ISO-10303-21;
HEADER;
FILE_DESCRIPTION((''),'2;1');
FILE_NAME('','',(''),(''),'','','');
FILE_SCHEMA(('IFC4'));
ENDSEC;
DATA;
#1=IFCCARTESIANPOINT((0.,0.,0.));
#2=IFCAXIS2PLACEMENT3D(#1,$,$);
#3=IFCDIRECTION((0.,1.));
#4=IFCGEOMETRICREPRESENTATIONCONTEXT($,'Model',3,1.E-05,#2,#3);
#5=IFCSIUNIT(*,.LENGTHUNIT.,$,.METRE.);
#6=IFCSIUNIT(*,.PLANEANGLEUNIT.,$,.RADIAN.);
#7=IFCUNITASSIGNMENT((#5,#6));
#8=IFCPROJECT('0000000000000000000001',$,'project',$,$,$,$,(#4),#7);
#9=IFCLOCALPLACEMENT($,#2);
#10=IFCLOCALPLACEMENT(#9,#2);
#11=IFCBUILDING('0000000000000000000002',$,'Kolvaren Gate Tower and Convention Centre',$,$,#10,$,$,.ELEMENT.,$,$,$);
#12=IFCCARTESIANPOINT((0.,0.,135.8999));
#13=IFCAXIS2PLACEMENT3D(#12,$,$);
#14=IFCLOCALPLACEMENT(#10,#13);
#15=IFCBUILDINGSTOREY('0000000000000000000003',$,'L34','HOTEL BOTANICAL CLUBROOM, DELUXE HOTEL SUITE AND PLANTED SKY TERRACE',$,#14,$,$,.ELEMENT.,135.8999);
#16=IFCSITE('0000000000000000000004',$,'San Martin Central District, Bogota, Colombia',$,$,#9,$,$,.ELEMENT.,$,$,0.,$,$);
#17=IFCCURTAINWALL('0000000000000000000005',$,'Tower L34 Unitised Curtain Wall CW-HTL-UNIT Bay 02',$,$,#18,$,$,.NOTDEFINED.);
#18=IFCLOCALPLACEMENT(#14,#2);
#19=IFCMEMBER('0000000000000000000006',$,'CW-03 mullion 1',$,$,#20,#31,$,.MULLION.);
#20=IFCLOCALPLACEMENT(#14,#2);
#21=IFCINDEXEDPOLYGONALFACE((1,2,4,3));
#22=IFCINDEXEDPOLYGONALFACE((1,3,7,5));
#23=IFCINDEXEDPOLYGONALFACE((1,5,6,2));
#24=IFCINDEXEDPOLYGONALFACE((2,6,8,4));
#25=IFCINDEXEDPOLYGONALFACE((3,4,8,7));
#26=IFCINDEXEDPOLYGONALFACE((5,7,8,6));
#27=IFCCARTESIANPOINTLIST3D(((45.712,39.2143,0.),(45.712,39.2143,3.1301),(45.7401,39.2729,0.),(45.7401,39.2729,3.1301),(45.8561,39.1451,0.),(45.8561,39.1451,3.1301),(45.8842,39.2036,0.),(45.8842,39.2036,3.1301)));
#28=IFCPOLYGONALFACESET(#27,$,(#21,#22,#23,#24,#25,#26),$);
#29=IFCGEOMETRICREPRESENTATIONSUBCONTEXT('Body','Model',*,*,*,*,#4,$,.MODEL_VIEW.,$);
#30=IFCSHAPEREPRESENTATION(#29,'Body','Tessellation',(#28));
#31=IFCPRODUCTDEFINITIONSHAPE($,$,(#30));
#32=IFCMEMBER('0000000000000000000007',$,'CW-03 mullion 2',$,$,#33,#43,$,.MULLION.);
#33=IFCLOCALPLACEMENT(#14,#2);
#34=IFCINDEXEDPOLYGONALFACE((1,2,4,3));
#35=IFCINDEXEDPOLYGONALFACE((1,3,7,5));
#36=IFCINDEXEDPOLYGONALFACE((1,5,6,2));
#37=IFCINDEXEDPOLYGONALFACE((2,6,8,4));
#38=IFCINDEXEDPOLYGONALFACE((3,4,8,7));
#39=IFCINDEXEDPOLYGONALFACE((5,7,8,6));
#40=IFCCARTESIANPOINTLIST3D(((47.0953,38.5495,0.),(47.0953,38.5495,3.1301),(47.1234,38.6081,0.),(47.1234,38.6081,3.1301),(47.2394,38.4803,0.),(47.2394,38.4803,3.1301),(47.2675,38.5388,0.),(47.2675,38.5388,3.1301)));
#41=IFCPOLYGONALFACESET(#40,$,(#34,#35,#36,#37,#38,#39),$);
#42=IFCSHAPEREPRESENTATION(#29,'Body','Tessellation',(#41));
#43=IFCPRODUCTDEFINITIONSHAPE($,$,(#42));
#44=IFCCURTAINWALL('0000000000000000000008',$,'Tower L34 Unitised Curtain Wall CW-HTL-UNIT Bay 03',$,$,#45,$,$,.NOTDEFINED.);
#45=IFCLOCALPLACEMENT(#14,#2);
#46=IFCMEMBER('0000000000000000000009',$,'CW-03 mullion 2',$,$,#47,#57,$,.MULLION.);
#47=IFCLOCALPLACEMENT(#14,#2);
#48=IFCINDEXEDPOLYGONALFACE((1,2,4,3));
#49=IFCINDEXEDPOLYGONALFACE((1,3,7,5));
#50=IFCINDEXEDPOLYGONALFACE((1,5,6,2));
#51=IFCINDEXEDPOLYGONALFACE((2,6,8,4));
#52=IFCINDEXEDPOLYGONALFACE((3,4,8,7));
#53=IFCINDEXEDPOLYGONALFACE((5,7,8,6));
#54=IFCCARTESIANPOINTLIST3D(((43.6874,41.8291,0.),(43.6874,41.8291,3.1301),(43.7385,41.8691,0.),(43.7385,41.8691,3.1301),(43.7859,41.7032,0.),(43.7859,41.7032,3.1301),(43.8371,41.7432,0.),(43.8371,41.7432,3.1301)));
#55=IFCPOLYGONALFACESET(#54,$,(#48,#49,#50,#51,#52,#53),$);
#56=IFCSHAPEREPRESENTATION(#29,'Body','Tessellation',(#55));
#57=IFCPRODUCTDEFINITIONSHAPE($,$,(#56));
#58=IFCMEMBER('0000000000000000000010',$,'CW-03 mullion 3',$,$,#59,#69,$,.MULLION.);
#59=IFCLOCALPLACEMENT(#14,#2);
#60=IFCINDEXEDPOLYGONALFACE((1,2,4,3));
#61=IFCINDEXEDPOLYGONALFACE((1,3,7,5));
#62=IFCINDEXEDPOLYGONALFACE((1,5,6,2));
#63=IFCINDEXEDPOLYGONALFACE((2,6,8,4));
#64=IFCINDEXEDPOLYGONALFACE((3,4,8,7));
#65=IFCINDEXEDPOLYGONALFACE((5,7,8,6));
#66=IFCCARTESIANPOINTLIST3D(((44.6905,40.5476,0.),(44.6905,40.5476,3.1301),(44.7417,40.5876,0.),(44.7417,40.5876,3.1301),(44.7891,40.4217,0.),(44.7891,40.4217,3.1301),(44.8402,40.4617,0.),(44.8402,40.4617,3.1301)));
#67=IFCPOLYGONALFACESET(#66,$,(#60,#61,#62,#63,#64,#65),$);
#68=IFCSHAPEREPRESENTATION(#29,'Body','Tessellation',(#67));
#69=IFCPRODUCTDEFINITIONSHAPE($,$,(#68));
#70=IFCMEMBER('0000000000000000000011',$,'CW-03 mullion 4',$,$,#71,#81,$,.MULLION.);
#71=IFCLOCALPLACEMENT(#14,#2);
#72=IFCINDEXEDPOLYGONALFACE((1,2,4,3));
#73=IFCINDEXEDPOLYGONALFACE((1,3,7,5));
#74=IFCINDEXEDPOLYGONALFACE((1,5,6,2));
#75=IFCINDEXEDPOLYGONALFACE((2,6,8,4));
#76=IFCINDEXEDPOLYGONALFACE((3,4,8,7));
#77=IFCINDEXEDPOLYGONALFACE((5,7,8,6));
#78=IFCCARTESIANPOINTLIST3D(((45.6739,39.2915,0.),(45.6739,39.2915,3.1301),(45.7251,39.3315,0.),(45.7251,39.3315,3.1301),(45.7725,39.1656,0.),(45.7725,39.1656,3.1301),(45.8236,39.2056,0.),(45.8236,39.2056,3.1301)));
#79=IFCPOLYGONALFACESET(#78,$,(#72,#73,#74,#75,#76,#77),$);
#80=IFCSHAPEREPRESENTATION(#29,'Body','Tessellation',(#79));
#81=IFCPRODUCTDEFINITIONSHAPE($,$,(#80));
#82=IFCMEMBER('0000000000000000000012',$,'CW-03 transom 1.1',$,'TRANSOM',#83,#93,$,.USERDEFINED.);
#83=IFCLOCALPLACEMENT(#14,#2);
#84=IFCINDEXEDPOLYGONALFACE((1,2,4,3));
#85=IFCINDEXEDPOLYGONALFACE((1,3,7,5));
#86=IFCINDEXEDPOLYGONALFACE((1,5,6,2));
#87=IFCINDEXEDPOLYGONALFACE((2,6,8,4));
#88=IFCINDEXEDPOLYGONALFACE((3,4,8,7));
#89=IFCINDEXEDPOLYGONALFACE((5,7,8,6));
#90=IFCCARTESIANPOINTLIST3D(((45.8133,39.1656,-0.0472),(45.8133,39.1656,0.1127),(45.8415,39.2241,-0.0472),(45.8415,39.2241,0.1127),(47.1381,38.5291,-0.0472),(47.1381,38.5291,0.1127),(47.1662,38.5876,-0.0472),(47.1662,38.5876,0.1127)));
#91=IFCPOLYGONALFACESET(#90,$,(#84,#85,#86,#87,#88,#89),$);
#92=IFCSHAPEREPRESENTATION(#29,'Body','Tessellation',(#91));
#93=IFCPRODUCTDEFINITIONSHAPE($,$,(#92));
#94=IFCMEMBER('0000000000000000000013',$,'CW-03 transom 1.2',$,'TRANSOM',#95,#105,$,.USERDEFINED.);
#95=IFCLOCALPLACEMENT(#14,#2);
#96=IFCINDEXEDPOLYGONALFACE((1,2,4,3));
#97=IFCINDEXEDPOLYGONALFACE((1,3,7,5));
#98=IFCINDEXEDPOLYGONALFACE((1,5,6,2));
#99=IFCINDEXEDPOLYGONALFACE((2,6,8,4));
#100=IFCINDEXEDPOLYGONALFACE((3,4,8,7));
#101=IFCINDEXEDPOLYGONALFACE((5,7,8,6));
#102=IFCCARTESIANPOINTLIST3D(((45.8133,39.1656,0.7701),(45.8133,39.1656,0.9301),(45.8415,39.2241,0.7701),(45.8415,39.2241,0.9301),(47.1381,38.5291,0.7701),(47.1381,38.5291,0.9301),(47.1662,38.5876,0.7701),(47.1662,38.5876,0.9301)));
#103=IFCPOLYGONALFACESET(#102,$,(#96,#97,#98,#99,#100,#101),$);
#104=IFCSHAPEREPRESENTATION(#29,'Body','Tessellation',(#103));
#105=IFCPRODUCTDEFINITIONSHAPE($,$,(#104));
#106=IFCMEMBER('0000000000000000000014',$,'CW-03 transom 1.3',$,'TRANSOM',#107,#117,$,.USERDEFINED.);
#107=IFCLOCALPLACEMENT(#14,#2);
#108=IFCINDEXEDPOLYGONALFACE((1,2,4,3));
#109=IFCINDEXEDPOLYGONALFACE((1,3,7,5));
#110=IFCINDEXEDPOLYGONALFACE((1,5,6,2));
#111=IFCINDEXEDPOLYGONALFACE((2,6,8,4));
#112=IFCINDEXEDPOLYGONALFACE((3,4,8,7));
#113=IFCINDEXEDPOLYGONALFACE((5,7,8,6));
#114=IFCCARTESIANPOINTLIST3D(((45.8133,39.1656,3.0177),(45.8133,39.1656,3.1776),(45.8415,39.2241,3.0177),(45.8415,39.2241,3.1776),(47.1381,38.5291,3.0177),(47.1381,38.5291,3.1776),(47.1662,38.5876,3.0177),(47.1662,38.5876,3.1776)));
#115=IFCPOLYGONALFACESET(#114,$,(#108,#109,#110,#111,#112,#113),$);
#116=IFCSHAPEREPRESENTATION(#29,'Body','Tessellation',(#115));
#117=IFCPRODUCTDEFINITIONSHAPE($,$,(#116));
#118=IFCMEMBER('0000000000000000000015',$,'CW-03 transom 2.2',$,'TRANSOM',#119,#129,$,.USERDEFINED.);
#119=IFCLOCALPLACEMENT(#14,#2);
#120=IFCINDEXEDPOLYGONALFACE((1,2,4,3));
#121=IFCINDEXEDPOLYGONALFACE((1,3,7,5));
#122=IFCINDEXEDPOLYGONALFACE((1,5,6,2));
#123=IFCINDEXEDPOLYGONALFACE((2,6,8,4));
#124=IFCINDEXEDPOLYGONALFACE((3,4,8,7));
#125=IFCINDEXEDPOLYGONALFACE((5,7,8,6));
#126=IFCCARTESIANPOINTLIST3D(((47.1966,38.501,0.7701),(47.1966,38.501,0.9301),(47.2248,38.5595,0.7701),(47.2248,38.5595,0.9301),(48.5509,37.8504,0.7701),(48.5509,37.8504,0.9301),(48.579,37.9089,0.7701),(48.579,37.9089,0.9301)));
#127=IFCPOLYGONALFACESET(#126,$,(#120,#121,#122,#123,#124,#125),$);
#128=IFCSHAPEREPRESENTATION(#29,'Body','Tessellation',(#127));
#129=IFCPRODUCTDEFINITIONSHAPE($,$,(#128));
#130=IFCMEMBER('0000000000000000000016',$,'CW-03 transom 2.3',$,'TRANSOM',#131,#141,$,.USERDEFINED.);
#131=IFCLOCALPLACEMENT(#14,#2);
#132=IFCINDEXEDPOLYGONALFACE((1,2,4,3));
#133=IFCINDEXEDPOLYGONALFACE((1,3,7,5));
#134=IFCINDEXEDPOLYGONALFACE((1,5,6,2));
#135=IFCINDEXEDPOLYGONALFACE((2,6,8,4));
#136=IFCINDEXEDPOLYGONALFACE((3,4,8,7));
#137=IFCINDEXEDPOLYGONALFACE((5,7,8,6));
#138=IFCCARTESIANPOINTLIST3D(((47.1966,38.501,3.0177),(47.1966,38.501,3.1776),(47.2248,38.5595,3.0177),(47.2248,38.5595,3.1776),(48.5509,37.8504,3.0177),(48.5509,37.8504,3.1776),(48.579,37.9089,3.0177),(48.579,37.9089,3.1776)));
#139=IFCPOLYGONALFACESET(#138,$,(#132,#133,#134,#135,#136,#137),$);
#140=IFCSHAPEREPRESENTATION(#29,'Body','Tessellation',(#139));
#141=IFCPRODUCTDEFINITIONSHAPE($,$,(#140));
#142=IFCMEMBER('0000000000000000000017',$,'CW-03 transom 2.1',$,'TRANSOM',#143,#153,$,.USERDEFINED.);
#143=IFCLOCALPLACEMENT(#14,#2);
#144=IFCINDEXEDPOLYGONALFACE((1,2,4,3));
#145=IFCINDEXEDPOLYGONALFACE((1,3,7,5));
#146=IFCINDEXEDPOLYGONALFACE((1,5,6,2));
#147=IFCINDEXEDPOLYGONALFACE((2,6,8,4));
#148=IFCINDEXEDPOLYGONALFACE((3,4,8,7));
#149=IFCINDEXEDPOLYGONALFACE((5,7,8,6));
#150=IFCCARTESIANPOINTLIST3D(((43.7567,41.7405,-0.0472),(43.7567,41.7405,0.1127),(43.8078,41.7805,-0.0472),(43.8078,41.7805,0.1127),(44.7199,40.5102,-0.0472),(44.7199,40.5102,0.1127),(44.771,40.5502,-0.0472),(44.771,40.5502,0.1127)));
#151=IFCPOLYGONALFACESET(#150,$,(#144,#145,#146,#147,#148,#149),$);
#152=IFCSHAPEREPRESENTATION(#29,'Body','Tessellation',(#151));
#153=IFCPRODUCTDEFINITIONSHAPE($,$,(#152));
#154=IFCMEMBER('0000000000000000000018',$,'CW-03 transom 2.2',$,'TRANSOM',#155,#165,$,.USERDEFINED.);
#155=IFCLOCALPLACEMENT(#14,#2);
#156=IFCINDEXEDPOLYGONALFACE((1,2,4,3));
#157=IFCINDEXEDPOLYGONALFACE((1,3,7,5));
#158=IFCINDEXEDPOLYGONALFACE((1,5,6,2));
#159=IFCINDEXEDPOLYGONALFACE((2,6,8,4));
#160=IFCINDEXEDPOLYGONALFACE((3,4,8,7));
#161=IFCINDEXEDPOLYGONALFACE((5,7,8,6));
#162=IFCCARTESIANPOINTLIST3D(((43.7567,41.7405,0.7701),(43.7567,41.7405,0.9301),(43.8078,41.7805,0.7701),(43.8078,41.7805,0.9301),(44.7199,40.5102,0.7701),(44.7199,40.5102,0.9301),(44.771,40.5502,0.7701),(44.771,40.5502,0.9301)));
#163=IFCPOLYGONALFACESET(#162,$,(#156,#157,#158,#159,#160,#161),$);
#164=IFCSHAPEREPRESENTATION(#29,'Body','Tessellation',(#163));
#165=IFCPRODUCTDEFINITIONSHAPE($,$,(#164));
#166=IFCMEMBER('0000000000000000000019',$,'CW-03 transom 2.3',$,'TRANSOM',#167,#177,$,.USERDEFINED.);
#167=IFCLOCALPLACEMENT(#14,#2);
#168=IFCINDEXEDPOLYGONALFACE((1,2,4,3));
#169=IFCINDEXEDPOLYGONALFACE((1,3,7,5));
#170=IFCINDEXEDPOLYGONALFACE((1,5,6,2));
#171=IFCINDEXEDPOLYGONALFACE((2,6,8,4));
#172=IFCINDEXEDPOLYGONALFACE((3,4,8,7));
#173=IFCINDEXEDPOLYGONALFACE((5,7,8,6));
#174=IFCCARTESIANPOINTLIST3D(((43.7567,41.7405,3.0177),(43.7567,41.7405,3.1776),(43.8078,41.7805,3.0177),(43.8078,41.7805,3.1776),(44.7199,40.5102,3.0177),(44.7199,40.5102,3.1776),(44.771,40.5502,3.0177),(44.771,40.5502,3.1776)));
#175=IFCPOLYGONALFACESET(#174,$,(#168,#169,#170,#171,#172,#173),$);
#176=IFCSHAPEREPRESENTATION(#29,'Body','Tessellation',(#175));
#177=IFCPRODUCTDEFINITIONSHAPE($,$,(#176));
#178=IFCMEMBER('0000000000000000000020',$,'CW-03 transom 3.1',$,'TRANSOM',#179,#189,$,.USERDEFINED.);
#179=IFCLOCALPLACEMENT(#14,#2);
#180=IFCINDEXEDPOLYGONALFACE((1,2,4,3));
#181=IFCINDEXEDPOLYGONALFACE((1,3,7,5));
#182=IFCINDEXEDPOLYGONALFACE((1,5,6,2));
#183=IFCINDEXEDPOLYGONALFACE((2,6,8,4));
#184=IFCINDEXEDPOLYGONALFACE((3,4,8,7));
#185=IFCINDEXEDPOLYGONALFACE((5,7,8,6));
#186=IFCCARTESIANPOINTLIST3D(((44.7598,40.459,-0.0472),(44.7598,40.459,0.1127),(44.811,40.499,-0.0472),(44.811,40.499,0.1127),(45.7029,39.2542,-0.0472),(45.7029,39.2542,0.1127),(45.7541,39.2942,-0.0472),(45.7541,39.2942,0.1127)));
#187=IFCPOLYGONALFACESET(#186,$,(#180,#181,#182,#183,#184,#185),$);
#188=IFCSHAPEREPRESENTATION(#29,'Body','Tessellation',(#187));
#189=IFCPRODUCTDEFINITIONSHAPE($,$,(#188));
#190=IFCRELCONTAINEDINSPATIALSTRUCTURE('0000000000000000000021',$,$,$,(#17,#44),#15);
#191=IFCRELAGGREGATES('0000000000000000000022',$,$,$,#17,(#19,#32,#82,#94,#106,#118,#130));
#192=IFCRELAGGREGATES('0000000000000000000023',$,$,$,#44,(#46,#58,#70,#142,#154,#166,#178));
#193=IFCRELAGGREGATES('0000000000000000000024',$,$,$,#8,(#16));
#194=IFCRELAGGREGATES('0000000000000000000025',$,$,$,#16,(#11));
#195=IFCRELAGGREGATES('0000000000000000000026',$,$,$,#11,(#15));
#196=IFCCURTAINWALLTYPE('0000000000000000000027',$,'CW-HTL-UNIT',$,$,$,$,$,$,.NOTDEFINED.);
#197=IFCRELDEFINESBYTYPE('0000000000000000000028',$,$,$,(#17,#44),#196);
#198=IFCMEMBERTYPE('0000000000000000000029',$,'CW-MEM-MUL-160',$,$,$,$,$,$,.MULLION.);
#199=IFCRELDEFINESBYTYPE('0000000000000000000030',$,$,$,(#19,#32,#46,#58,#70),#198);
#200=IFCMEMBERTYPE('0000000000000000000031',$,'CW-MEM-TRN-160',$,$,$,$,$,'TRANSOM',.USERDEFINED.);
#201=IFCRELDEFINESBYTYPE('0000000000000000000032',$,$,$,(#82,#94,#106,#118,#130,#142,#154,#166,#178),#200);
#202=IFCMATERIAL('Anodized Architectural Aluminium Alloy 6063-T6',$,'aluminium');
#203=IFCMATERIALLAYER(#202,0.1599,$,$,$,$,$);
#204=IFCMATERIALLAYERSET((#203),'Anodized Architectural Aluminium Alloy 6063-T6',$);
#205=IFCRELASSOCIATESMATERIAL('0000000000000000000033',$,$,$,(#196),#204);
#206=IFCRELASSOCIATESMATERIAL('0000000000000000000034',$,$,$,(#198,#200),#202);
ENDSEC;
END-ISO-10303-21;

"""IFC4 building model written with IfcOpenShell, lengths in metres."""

from ifc_helpers import new_model, si_unit, direction, frame, origin, origin_2d, place, context, subcontext, project, spatial, rectangle, extrude, material, layer, layer_set, material_profile, profile_set, type_object, element, aggregate, save


model = new_model("IFC4")

# Units and contexts
model_context = context("Model", 3, precision=1e-05, world=origin(), true_north=direction((0.0, 1.0)))
body_context = subcontext(model_context, "Body", "Model", "MODEL_VIEW")
ifc_project = project(units=[si_unit("LENGTHUNIT", "METRE"), si_unit("PLANEANGLEUNIT", "RADIAN")], contexts=[model_context])

# Site, building, storey
site_placement = place(None, origin())
site = spatial("IfcSite", under=ifc_project, at=site_placement, Name="San Martin Central District, Bogota, Colombia", CompositionType="ELEMENT", RefElevation=0.0)
building_placement = place(site_placement, origin())
building = spatial("IfcBuilding", under=site, at=building_placement, Name="Kolvaren Gate Tower and Convention Centre", CompositionType="ELEMENT")
storey_placement = place(building_placement, frame((0.0, 0.0, 135.8999)))
storey = spatial("IfcBuildingStorey", under=building, at=storey_placement, Name="L34", Description="HOTEL BOTANICAL CLUBROOM, DELUXE HOTEL SUITE AND PLANTED SKY TERRACE", CompositionType="ELEMENT", Elevation=135.8999)

# Curtain walls, members
ifc_material_1 = material(Name="Anodized Architectural Aluminium Alloy 6063-T6", Category="aluminium")
ifc_layer_1 = layer(ifc_material_1, 0.1599)
ifc_layer_set_1 = layer_set([ifc_layer_1], Name="Anodized Architectural Aluminium Alloy 6063-T6")
curtain_wall_type = type_object("IfcCurtainWallType", Name="CW-HTL-UNIT", PredefinedType="NOTDEFINED", material=ifc_layer_set_1)
curtain_wall_1_placement = place(storey_placement, origin())
curtain_wall_1 = element("IfcCurtainWall", 1, at=curtain_wall_1_placement, inside=storey, type_object=curtain_wall_type, Name="Tower L34 Unitised Curtain Wall CW-HTL-UNIT Bay 02", PredefinedType="NOTDEFINED")
ifc_material_profile_1 = material_profile(ifc_material_1, rectangle(XDim=0.0649, YDim=0.1599, at=origin_2d()), Name="CW-MEM-MUL-160")
ifc_profile_set_1 = profile_set([ifc_material_profile_1], Name="Anodized Architectural Aluminium Alloy 6063-T6")
member_type_1 = type_object("IfcMemberType", Name="CW-MEM-MUL-160", PredefinedType="MULLION", material=ifc_profile_set_1)
member_1_placement = place(storey_placement, frame((45.7981, 39.209, 0.0), z_axis=(0.0, 0.0, 1.0), x_axis=(0.433071, 0.90136, 0.0)))
member_1 = element("IfcMember", 2, at=member_1_placement, type_object=member_type_1, Name="CW-03 mullion 1", PredefinedType="MULLION", context=body_context, shape_type="SweptSolid", body=[
    extrude(rectangle(XDim=0.0649, YDim=0.1599, at=origin_2d()), origin(), (0.0, 0.0, 1.0), 3.1301),
])
member_2_placement = place(storey_placement, frame((47.1814, 38.5442, 0.0), z_axis=(0.0, 0.0, 1.0), x_axis=(0.433071, 0.90136, 0.0)))
member_2 = element("IfcMember", 3, at=member_2_placement, type_object=member_type_1, Name="CW-03 mullion 2", PredefinedType="MULLION", context=body_context, shape_type="SweptSolid", body=[
    extrude(rectangle(XDim=0.0649, YDim=0.1599, at=origin_2d()), origin(), (0.0, 0.0, 1.0), 3.1301),
])
curtain_wall_2_placement = place(storey_placement, origin())
curtain_wall_2 = element("IfcCurtainWall", 4, at=curtain_wall_2_placement, inside=storey, type_object=curtain_wall_type, Name="Tower L34 Unitised Curtain Wall CW-HTL-UNIT Bay 03", PredefinedType="NOTDEFINED")
member_3_placement = place(storey_placement, frame((43.7622, 41.7861, 0.0), z_axis=(0.0, 0.0, 1.0), x_axis=(0.787413, 0.616426, 0.0)))
member_3 = element("IfcMember", 5, at=member_3_placement, type_object=member_type_1, Name="CW-03 mullion 2", PredefinedType="MULLION", context=body_context, shape_type="SweptSolid", body=[
    extrude(rectangle(XDim=0.0649, YDim=0.1599, at=origin_2d()), origin(), (0.0, 0.0, 1.0), 3.1301),
])
member_4_placement = place(storey_placement, frame((44.7654, 40.5046, 0.0), z_axis=(0.0, 0.0, 1.0), x_axis=(0.787413, 0.616426, 0.0)))
member_4 = element("IfcMember", 6, at=member_4_placement, type_object=member_type_1, Name="CW-03 mullion 3", PredefinedType="MULLION", context=body_context, shape_type="SweptSolid", body=[
    extrude(rectangle(XDim=0.0649, YDim=0.1599, at=origin_2d()), origin(), (0.0, 0.0, 1.0), 3.1301),
])
member_5_placement = place(storey_placement, frame((45.7488, 39.2485, 0.0), z_axis=(0.0, 0.0, 1.0), x_axis=(0.787413, 0.616426, 0.0)))
member_5 = element("IfcMember", 7, at=member_5_placement, type_object=member_type_1, Name="CW-03 mullion 4", PredefinedType="MULLION", context=body_context, shape_type="SweptSolid", body=[
    extrude(rectangle(XDim=0.0649, YDim=0.1599, at=origin_2d()), origin(), (0.0, 0.0, 1.0), 3.1301),
])

# Members
ifc_material_profile_2 = material_profile(ifc_material_1, rectangle(XDim=0.0649, YDim=0.1599, at=origin_2d()), Name="CW-MEM-TRN-160")
ifc_profile_set_2 = profile_set([ifc_material_profile_2], Name="Anodized Architectural Aluminium Alloy 6063-T6")
member_type_2 = type_object("IfcMemberType", Name="CW-MEM-TRN-160", ElementType="TRANSOM", PredefinedType="USERDEFINED", material=ifc_profile_set_2)
member_6_placement = place(storey_placement, frame((45.8274, 39.1948, 0.0327), z_axis=(0.90136, -0.433071, 0.0), x_axis=(0.433071, 0.90136, 0.0)))
member_6 = element("IfcMember", 8, at=member_6_placement, type_object=member_type_2, Name="CW-03 transom 1.1", ObjectType="TRANSOM", PredefinedType="USERDEFINED", context=body_context, shape_type="SweptSolid", body=[
    extrude(rectangle(XDim=0.0649, YDim=0.1599, at=origin_2d()), origin(), (0.0, 0.0, 1.0), 1.4697),
])
member_7_placement = place(storey_placement, frame((45.8274, 39.1948, 0.8501), z_axis=(0.90136, -0.433071, 0.0), x_axis=(0.433071, 0.90136, 0.0)))
member_7 = element("IfcMember", 9, at=member_7_placement, type_object=member_type_2, Name="CW-03 transom 1.2", ObjectType="TRANSOM", PredefinedType="USERDEFINED", context=body_context, shape_type="SweptSolid", body=[
    extrude(rectangle(XDim=0.0649, YDim=0.1599, at=origin_2d()), origin(), (0.0, 0.0, 1.0), 1.4697),
])
member_8_placement = place(storey_placement, frame((45.8274, 39.1948, 3.0977), z_axis=(0.90136, -0.433071, 0.0), x_axis=(0.433071, 0.90136, 0.0)))
member_8 = element("IfcMember", 10, at=member_8_placement, type_object=member_type_2, Name="CW-03 transom 1.3", ObjectType="TRANSOM", PredefinedType="USERDEFINED", context=body_context, shape_type="SweptSolid", body=[
    extrude(rectangle(XDim=0.0649, YDim=0.1599, at=origin_2d()), origin(), (0.0, 0.0, 1.0), 1.4697),
])
member_9_placement = place(storey_placement, frame((47.2107, 38.5303, 0.8501), z_axis=(0.901368, -0.433053, 0.0), x_axis=(0.433053, 0.901368, 0.0)))
member_9 = element("IfcMember", 11, at=member_9_placement, type_object=member_type_2, Name="CW-03 transom 2.2", ObjectType="TRANSOM", PredefinedType="USERDEFINED", context=body_context, shape_type="SweptSolid", body=[
    extrude(rectangle(XDim=0.0649, YDim=0.1599, at=origin_2d()), origin(), (0.0, 0.0, 1.0), 1.5024),
])
member_10_placement = place(storey_placement, frame((47.2107, 38.5303, 3.0977), z_axis=(0.901368, -0.433053, 0.0), x_axis=(0.433053, 0.901368, 0.0)))
member_10 = element("IfcMember", 12, at=member_10_placement, type_object=member_type_2, Name="CW-03 transom 2.3", ObjectType="TRANSOM", PredefinedType="USERDEFINED", context=body_context, shape_type="SweptSolid", body=[
    extrude(rectangle(XDim=0.0649, YDim=0.1599, at=origin_2d()), origin(), (0.0, 0.0, 1.0), 1.5024),
])
member_11_placement = place(storey_placement, frame((43.7822, 41.7605, 0.0327), z_axis=(0.616447, -0.787396, 0.0), x_axis=(0.787396, 0.616447, 0.0)))
member_11 = element("IfcMember", 13, at=member_11_placement, type_object=member_type_2, Name="CW-03 transom 2.1", ObjectType="TRANSOM", PredefinedType="USERDEFINED", context=body_context, shape_type="SweptSolid", body=[
    extrude(rectangle(XDim=0.0649, YDim=0.1599, at=origin_2d()), origin(), (0.0, 0.0, 1.0), 1.5625),
])
member_12_placement = place(storey_placement, frame((43.7822, 41.7605, 0.8501), z_axis=(0.616447, -0.787396, 0.0), x_axis=(0.787396, 0.616447, 0.0)))
member_12 = element("IfcMember", 14, at=member_12_placement, type_object=member_type_2, Name="CW-03 transom 2.2", ObjectType="TRANSOM", PredefinedType="USERDEFINED", context=body_context, shape_type="SweptSolid", body=[
    extrude(rectangle(XDim=0.0649, YDim=0.1599, at=origin_2d()), origin(), (0.0, 0.0, 1.0), 1.5625),
])
member_13_placement = place(storey_placement, frame((43.7822, 41.7605, 3.0977), z_axis=(0.616447, -0.787396, 0.0), x_axis=(0.787396, 0.616447, 0.0)))
member_13 = element("IfcMember", 15, at=member_13_placement, type_object=member_type_2, Name="CW-03 transom 2.3", ObjectType="TRANSOM", PredefinedType="USERDEFINED", context=body_context, shape_type="SweptSolid", body=[
    extrude(rectangle(XDim=0.0649, YDim=0.1599, at=origin_2d()), origin(), (0.0, 0.0, 1.0), 1.5625),
])
member_14_placement = place(storey_placement, frame((44.7854, 40.479, 0.0327), z_axis=(0.61639, -0.787441, 0.0), x_axis=(0.787441, 0.61639, 0.0)))
member_14 = element("IfcMember", 16, at=member_14_placement, type_object=member_type_2, Name="CW-03 transom 3.1", ObjectType="TRANSOM", PredefinedType="USERDEFINED", context=body_context, shape_type="SweptSolid", body=[
    extrude(rectangle(XDim=0.0649, YDim=0.1599, at=origin_2d()), origin(), (0.0, 0.0, 1.0), 1.53),
])

aggregate(curtain_wall_1, [member_1, member_2, member_6, member_7, member_8, member_9, member_10])
aggregate(curtain_wall_2, [member_3, member_4, member_5, member_11, member_12, member_13, member_14])

save(model, "model.ifc")
